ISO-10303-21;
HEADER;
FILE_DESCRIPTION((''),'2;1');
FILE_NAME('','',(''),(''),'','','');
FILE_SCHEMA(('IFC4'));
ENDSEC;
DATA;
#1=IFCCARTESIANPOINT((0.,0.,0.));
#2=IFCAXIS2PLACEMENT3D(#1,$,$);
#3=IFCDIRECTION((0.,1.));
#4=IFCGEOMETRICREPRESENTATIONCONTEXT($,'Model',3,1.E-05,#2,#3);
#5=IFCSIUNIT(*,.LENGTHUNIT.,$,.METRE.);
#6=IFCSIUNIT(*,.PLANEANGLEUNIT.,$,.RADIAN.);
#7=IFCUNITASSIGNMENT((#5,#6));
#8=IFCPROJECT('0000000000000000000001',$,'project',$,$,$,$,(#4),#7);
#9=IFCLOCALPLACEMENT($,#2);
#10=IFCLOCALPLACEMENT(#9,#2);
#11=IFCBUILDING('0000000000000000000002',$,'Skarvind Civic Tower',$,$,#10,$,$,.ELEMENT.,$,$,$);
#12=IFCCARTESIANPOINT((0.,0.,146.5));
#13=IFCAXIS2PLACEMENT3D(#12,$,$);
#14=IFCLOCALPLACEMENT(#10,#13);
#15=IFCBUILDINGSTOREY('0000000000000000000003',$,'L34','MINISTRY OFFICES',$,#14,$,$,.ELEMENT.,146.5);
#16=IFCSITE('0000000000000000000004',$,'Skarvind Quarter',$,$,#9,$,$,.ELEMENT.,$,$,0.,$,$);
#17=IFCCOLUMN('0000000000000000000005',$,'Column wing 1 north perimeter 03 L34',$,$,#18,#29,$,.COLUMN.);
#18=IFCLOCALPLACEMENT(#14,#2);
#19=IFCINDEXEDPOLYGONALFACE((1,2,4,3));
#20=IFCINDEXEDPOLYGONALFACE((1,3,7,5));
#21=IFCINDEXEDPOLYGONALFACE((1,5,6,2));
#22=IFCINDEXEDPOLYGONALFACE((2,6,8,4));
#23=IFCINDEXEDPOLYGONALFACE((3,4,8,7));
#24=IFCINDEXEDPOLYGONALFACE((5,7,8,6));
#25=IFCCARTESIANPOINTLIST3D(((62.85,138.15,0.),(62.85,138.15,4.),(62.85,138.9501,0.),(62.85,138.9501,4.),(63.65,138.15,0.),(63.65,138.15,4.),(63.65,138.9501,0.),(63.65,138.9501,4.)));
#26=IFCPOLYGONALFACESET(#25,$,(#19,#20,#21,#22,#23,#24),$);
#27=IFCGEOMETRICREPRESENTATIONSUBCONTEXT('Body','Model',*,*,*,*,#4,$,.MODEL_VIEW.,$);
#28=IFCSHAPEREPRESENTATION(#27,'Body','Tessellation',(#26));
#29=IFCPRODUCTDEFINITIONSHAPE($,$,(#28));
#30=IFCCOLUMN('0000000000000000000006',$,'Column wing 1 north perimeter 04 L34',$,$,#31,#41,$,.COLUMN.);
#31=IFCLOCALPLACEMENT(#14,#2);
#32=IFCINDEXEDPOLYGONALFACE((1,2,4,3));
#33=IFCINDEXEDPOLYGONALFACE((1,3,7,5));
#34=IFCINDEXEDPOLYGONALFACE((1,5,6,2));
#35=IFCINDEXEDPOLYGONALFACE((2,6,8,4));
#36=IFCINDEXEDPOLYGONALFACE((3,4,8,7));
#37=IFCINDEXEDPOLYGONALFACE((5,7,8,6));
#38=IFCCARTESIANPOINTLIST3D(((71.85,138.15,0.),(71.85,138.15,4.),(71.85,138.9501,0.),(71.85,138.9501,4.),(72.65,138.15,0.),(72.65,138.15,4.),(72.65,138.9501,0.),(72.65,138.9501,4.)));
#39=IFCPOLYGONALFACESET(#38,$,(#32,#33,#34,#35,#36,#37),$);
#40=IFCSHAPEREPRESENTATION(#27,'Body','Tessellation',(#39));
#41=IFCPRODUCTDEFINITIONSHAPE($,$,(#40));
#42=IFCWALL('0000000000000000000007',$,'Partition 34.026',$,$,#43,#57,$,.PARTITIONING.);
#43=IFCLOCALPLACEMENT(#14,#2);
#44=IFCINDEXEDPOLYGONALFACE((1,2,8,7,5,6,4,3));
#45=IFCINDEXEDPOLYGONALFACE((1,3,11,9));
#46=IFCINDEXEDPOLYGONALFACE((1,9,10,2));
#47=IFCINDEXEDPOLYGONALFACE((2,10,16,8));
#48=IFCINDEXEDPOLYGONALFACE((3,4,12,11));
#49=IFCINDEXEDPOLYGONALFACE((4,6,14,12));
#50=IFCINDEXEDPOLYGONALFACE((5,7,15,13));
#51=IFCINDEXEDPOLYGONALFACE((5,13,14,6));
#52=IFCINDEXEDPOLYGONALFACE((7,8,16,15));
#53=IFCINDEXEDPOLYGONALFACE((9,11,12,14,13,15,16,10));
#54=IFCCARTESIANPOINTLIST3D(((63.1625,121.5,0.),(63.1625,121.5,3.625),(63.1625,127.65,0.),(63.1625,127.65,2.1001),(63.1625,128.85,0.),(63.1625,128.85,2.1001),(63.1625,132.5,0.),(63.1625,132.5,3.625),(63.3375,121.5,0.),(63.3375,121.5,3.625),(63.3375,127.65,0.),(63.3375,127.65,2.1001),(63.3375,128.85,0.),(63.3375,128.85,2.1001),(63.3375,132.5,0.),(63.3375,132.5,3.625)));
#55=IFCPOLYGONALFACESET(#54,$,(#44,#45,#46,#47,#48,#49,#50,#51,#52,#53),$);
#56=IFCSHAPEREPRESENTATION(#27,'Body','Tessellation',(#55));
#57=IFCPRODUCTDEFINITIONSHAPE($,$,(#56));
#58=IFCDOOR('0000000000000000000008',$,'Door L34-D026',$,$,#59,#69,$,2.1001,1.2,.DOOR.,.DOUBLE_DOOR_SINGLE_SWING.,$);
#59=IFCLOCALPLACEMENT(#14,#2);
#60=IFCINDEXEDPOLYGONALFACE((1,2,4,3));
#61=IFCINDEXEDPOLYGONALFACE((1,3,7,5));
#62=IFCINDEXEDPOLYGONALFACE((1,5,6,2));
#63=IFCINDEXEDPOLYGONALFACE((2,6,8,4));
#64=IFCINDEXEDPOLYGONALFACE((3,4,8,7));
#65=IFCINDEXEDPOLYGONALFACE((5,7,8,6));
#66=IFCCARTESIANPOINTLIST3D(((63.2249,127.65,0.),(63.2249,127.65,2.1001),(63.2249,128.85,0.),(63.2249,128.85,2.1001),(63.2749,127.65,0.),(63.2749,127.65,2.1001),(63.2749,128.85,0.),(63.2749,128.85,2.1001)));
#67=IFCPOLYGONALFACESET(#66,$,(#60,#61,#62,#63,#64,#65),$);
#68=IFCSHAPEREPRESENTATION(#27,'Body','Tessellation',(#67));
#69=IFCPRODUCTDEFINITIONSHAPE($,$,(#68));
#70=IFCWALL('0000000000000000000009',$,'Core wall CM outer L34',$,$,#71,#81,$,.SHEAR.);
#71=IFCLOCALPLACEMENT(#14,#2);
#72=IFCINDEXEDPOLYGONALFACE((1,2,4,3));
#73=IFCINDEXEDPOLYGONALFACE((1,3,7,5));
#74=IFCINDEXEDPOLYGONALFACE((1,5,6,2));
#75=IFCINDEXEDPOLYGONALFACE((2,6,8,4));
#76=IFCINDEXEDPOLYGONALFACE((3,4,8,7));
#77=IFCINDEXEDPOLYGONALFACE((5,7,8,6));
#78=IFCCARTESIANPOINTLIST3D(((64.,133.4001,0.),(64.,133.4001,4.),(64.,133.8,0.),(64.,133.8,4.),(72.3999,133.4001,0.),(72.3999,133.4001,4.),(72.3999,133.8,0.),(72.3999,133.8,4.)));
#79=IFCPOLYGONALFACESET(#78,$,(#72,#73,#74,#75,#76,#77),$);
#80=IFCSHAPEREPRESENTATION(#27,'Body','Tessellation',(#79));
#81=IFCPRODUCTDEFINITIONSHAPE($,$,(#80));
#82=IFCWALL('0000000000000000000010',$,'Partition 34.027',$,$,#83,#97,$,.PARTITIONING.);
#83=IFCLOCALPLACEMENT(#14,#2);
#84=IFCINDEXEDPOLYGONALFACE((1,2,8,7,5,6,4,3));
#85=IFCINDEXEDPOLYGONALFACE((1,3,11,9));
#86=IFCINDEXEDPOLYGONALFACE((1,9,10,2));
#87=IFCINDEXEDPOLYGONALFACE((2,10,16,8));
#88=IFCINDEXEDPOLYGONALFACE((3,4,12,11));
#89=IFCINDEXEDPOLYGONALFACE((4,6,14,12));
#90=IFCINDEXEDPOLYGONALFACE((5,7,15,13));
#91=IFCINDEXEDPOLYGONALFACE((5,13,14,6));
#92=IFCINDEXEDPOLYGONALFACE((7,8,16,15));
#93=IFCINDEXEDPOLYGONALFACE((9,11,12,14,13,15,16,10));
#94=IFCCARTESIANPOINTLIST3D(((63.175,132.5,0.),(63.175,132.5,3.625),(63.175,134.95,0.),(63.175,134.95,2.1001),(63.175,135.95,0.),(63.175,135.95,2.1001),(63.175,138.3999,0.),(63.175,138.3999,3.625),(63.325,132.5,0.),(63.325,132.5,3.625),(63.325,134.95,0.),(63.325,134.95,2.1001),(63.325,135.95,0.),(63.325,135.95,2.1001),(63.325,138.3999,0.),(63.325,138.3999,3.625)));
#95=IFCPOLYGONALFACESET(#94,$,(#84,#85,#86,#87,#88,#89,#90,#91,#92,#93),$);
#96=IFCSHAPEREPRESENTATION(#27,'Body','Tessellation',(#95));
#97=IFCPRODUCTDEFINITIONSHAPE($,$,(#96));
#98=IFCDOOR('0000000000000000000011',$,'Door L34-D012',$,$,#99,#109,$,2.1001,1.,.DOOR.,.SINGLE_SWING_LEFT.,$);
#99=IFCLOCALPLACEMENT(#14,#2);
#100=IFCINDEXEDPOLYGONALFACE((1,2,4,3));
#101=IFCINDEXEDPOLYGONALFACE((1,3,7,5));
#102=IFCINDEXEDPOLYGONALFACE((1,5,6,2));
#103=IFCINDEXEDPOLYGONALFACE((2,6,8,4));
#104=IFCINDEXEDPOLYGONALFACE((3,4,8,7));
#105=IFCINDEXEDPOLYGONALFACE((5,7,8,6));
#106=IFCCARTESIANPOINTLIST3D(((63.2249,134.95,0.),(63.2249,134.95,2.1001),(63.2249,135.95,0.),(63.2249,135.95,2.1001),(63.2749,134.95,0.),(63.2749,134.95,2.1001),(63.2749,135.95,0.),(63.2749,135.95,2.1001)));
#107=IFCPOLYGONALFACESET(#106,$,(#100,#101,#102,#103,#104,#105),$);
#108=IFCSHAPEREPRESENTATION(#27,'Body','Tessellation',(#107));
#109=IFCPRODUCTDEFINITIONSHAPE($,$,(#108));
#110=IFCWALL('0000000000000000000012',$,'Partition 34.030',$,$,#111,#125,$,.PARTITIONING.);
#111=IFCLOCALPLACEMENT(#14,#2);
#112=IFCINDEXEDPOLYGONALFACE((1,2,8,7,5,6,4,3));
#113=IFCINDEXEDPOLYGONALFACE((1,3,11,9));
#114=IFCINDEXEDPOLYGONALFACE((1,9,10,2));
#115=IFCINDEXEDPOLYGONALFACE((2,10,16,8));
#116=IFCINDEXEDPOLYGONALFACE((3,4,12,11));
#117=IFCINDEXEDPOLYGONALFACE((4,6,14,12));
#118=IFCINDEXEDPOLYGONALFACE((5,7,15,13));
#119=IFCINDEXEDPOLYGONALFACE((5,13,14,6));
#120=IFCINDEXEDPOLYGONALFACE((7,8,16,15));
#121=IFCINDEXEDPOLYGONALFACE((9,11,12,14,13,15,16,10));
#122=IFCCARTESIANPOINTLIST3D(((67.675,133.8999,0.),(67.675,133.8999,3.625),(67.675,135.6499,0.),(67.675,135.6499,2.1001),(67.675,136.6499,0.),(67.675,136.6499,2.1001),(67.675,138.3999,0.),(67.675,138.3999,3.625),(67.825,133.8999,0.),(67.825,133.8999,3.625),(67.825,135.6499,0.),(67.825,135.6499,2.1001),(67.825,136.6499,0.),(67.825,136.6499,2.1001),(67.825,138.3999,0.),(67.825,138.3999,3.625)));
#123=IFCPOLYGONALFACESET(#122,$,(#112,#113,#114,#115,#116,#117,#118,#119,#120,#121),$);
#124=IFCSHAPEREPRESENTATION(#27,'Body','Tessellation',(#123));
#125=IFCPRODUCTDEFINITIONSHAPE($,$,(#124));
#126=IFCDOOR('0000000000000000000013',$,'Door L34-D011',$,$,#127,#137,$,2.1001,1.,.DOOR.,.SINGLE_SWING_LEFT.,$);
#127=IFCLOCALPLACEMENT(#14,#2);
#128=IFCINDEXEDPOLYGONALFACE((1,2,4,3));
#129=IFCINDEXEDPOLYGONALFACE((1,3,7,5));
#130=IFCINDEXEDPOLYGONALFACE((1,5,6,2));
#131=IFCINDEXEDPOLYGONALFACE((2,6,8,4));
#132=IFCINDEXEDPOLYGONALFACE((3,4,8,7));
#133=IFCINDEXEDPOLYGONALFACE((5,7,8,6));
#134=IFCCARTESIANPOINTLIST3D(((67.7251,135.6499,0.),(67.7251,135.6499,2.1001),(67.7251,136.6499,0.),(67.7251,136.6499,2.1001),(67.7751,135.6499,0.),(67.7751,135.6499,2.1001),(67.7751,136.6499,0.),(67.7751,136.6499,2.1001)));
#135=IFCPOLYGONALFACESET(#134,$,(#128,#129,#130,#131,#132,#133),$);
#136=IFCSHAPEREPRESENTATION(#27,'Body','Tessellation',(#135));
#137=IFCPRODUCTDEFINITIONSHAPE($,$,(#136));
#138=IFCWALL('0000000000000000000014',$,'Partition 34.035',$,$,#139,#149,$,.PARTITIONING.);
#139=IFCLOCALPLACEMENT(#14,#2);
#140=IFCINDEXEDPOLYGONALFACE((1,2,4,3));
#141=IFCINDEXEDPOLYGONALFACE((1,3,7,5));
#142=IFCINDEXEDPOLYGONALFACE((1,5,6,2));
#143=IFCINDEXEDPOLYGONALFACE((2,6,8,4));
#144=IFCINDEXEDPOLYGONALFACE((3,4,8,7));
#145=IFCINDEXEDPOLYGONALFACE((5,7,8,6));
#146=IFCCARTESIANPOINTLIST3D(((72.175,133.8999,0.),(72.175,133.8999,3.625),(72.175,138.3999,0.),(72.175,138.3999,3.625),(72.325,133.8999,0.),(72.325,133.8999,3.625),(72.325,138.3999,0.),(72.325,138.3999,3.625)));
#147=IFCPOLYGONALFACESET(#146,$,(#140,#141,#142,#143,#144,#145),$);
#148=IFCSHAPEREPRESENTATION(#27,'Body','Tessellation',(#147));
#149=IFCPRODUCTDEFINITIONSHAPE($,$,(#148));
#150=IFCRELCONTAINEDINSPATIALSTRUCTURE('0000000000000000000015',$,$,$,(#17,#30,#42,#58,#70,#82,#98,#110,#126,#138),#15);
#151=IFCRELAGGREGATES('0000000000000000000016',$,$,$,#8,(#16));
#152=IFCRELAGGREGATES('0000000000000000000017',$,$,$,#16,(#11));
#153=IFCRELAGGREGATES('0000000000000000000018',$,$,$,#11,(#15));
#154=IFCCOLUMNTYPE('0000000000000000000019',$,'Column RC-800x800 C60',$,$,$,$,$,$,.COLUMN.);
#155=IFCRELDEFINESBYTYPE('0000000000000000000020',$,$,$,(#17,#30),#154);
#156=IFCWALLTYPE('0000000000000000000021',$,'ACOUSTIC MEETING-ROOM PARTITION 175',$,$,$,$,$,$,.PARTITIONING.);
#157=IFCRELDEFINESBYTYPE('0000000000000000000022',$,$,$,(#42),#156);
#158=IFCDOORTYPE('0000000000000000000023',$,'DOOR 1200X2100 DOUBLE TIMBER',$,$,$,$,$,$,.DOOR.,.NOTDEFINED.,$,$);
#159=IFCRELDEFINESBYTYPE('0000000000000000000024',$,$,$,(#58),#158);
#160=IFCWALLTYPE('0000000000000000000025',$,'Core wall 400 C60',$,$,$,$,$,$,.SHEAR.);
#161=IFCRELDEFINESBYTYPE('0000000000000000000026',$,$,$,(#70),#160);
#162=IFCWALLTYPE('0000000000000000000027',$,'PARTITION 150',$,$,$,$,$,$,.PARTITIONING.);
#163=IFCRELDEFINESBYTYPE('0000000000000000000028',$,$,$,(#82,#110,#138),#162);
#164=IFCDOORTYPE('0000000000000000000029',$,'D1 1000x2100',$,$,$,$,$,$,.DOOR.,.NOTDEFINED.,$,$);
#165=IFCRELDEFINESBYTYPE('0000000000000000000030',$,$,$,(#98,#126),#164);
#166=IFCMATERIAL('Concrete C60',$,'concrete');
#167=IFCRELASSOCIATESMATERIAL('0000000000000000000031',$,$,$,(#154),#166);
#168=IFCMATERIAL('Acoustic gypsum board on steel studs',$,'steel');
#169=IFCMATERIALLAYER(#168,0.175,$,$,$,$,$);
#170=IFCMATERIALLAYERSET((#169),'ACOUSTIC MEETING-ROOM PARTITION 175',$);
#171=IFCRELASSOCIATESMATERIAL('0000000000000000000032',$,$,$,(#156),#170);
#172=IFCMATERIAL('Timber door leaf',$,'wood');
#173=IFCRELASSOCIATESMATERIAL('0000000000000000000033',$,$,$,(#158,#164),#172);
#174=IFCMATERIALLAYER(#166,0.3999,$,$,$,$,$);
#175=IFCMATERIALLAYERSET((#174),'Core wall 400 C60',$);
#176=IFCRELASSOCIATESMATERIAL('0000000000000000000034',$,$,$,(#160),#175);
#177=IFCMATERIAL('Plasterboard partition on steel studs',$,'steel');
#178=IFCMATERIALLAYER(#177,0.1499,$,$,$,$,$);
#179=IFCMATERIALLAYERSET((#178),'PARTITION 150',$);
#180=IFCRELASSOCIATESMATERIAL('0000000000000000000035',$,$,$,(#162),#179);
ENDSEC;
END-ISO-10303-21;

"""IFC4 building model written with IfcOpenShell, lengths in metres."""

from ifc_helpers import new_model, si_unit, direction, frame, frame_2d, origin, origin_2d, place, context, subcontext, project, spatial, rectangle, extrude, material, layer, layer_set, material_profile, profile_set, type_object, element, fill, save


model = new_model("IFC4")

# Units and contexts
model_context = context("Model", 3, precision=1e-05, world=origin(), true_north=direction((0.0, 1.0)))
body_context = subcontext(model_context, "Body", "Model", "MODEL_VIEW")
ifc_project = project(units=[si_unit("LENGTHUNIT", "METRE"), si_unit("PLANEANGLEUNIT", "RADIAN")], contexts=[model_context])

# Site, building, storey
site_placement = place(None, origin())
site = spatial("IfcSite", under=ifc_project, at=site_placement, Name="Skarvind Quarter", CompositionType="ELEMENT", RefElevation=0.0)
building_placement = place(site_placement, origin())
building = spatial("IfcBuilding", under=site, at=building_placement, Name="Skarvind Civic Tower", CompositionType="ELEMENT")
storey_placement = place(building_placement, frame((0.0, 0.0, 146.5)))
storey = spatial("IfcBuildingStorey", under=building, at=storey_placement, Name="L34", Description="MINISTRY OFFICES", CompositionType="ELEMENT", Elevation=146.5)

# Columns
ifc_material_1 = material(Name="Concrete C60", Category="concrete")
ifc_material_profile_1 = material_profile(ifc_material_1, rectangle(XDim=0.8, YDim=0.8, at=origin_2d()), Name="RC-800x800")
ifc_profile_set_1 = profile_set([ifc_material_profile_1], Name="Concrete C60")
column_type = type_object("IfcColumnType", Name="Column RC-800x800 C60", PredefinedType="COLUMN", material=ifc_profile_set_1)
for number, where, z_axis, x_axis, name in (
    (1, (63.25, 138.55, 0.0), (0.0, 0.0, 1.0), (1.0, 0.0, 0.0), "Column wing 1 north perimeter 03 L34"),
    (2, (72.25, 138.55, 0.0), (0.0, 0.0, 1.0), (1.0, 0.0, 0.0), "Column wing 1 north perimeter 04 L34"),
):
    element("IfcColumn", number, at=place(storey_placement, frame(where, z_axis=z_axis, x_axis=x_axis)), inside=storey, type_object=column_type, Name=name, PredefinedType="COLUMN", context=body_context, shape_type="SweptSolid", body=[
        extrude(rectangle(XDim=0.8, YDim=0.8, at=origin_2d()), origin(), (0.0, 0.0, 1.0), 4.0),
    ])

# Wall, opening, door
ifc_material_2 = material(Name="Acoustic gypsum board on steel studs", Category="steel")
ifc_layer_1 = layer(ifc_material_2, 0.175)
ifc_layer_set_1 = layer_set([ifc_layer_1], Name="ACOUSTIC MEETING-ROOM PARTITION 175")
wall_type_1 = type_object("IfcWallType", Name="ACOUSTIC MEETING-ROOM PARTITION 175", PredefinedType="PARTITIONING", material=ifc_layer_set_1)
wall_1_placement = place(storey_placement, frame((63.25, 132.5, 0.0), z_axis=(0.0, 0.0, 1.0), x_axis=(0.0, -1.0, 0.0)))
wall_1 = element("IfcWall", 3, at=wall_1_placement, inside=storey, type_object=wall_type_1, Name="Partition 34.026", PredefinedType="PARTITIONING", context=body_context, shape_type="SweptSolid", body=[
    extrude(rectangle(XDim=11.0, YDim=0.175, at=frame_2d((5.5, 0.0))), origin(), (0.0, 0.0, 1.0), 3.625),
])
opening_1_placement = place(wall_1_placement, frame((3.6499, 0.0, 0.0)))
opening_1 = element("IfcOpeningElement", 4, at=opening_1_placement, cuts=wall_1, PredefinedType="OPENING", context=body_context, shape_type="SweptSolid", body=[
    extrude(rectangle(XDim=1.2, YDim=2.1001, at=frame_2d((0.6001, 1.05))), frame((0.0, 0.0974, 0.0), z_axis=(0.0, -1.0, 0.0), x_axis=(1.0, 0.0, 0.0)), (0.0, 0.0, 1.0), 0.1951),
])
ifc_material_3 = material(Name="Timber door leaf", Category="wood")
door_type_1 = type_object("IfcDoorType", Name="DOOR 1200X2100 DOUBLE TIMBER", OperationType="NOTDEFINED", PredefinedType="DOOR", material=ifc_material_3)
door_1_placement = place(opening_1_placement, origin())
door_1 = element("IfcDoor", 5, at=door_1_placement, inside=storey, type_object=door_type_1, Name="Door L34-D026", OperationType="DOUBLE_DOOR_SINGLE_SWING", OverallHeight=2.1001, OverallWidth=1.2, PredefinedType="DOOR", context=body_context, shape_type="SweptSolid", body=[
    extrude(rectangle(XDim=1.2, YDim=2.1001, at=frame_2d((0.6001, 1.05))), frame((0.0, 0.0249, 0.0), z_axis=(0.0, -1.0, 0.0), x_axis=(1.0, 0.0, 0.0)), (0.0, 0.0, 1.0), 0.05),
])
fill(opening_1, door_1)

# Wall
ifc_layer_2 = layer(ifc_material_1, 0.3999)
ifc_layer_set_2 = layer_set([ifc_layer_2], Name="Core wall 400 C60")
wall_type_2 = type_object("IfcWallType", Name="Core wall 400 C60", PredefinedType="SHEAR", material=ifc_layer_set_2)
wall_2_placement = place(storey_placement, frame((64.0, 133.6001, 0.0), z_axis=(0.0, 0.0, 1.0), x_axis=(1.0, 0.0, 0.0)))
element("IfcWall", 6, at=wall_2_placement, inside=storey, type_object=wall_type_2, Name="Core wall CM outer L34", PredefinedType="SHEAR", context=body_context, shape_type="SweptSolid", body=[
    extrude(rectangle(XDim=8.3999, YDim=0.3999, at=frame_2d((4.2, 0.0))), origin(), (0.0, 0.0, 1.0), 4.0),
])

# Walls, openings, doors
ifc_material_4 = material(Name="Plasterboard partition on steel studs", Category="steel")
ifc_layer_3 = layer(ifc_material_4, 0.1499)
ifc_layer_set_3 = layer_set([ifc_layer_3], Name="PARTITION 150")
wall_type_3 = type_object("IfcWallType", Name="PARTITION 150", PredefinedType="PARTITIONING", material=ifc_layer_set_3)
wall_3_placement = place(storey_placement, frame((63.25, 138.3999, 0.0), z_axis=(0.0, 0.0, 1.0), x_axis=(0.0, -1.0, 0.0)))
wall_3 = element("IfcWall", 7, at=wall_3_placement, inside=storey, type_object=wall_type_3, Name="Partition 34.027", PredefinedType="PARTITIONING", context=body_context, shape_type="SweptSolid", body=[
    extrude(rectangle(XDim=5.8999, YDim=0.1499, at=frame_2d((2.95, 0.0))), origin(), (0.0, 0.0, 1.0), 3.625),
])
opening_2_placement = place(wall_3_placement, frame((2.45, 0.0, 0.0)))
opening_2 = element("IfcOpeningElement", 8, at=opening_2_placement, cuts=wall_3, PredefinedType="OPENING", context=body_context, shape_type="SweptSolid", body=[
    extrude(rectangle(XDim=1.0, YDim=2.1001, at=frame_2d((0.5, 1.05))), frame((0.0, 0.085, 0.0), z_axis=(0.0, -1.0, 0.0), x_axis=(1.0, 0.0, 0.0)), (0.0, 0.0, 1.0), 0.1699),
])
door_type_2 = type_object("IfcDoorType", Name="D1 1000x2100", OperationType="NOTDEFINED", PredefinedType="DOOR", material=ifc_material_3)
door_2_placement = place(opening_2_placement, origin())
door_2 = element("IfcDoor", 9, at=door_2_placement, inside=storey, type_object=door_type_2, Name="Door L34-D012", OperationType="SINGLE_SWING_LEFT", OverallHeight=2.1001, OverallWidth=1.0, PredefinedType="DOOR", context=body_context, shape_type="SweptSolid", body=[
    extrude(rectangle(XDim=1.0, YDim=2.1001, at=frame_2d((0.5, 1.05))), frame((0.0, 0.0249, 0.0), z_axis=(0.0, -1.0, 0.0), x_axis=(1.0, 0.0, 0.0)), (0.0, 0.0, 1.0), 0.05),
])
fill(opening_2, door_2)
wall_4_placement = place(storey_placement, frame((67.75, 133.8999, 0.0), z_axis=(0.0, 0.0, 1.0), x_axis=(0.0, 1.0, 0.0)))
wall_4 = element("IfcWall", 10, at=wall_4_placement, inside=storey, type_object=wall_type_3, Name="Partition 34.030", PredefinedType="PARTITIONING", context=body_context, shape_type="SweptSolid", body=[
    extrude(rectangle(XDim=4.5, YDim=0.1499, at=frame_2d((2.25, 0.0))), origin(), (0.0, 0.0, 1.0), 3.625),
])
opening_3_placement = place(wall_4_placement, frame((1.75, 0.0, 0.0)))
opening_3 = element("IfcOpeningElement", 11, at=opening_3_placement, cuts=wall_4, PredefinedType="OPENING", context=body_context, shape_type="SweptSolid", body=[
    extrude(rectangle(XDim=1.0, YDim=2.1001, at=frame_2d((0.5, 1.05))), frame((0.0, 0.085, 0.0), z_axis=(0.0, -1.0, 0.0), x_axis=(1.0, 0.0, 0.0)), (0.0, 0.0, 1.0), 0.1699),
])
door_3_placement = place(opening_3_placement, origin())
door_3 = element("IfcDoor", 12, at=door_3_placement, inside=storey, type_object=door_type_2, Name="Door L34-D011", OperationType="SINGLE_SWING_LEFT", OverallHeight=2.1001, OverallWidth=1.0, PredefinedType="DOOR", context=body_context, shape_type="SweptSolid", body=[
    extrude(rectangle(XDim=1.0, YDim=2.1001, at=frame_2d((0.5, 1.05))), frame((0.0, 0.0249, 0.0), z_axis=(0.0, -1.0, 0.0), x_axis=(1.0, 0.0, 0.0)), (0.0, 0.0, 1.0), 0.05),
])
fill(opening_3, door_3)

# Wall
wall_5_placement = place(storey_placement, frame((72.25, 133.8999, 0.0), z_axis=(0.0, 0.0, 1.0), x_axis=(0.0, 1.0, 0.0)))
element("IfcWall", 13, at=wall_5_placement, inside=storey, type_object=wall_type_3, Name="Partition 34.035", PredefinedType="PARTITIONING", context=body_context, shape_type="SweptSolid", body=[
    extrude(rectangle(XDim=4.5, YDim=0.1499, at=frame_2d((2.25, 0.0))), origin(), (0.0, 0.0, 1.0), 3.625),
])

save(model, "model.ifc")
